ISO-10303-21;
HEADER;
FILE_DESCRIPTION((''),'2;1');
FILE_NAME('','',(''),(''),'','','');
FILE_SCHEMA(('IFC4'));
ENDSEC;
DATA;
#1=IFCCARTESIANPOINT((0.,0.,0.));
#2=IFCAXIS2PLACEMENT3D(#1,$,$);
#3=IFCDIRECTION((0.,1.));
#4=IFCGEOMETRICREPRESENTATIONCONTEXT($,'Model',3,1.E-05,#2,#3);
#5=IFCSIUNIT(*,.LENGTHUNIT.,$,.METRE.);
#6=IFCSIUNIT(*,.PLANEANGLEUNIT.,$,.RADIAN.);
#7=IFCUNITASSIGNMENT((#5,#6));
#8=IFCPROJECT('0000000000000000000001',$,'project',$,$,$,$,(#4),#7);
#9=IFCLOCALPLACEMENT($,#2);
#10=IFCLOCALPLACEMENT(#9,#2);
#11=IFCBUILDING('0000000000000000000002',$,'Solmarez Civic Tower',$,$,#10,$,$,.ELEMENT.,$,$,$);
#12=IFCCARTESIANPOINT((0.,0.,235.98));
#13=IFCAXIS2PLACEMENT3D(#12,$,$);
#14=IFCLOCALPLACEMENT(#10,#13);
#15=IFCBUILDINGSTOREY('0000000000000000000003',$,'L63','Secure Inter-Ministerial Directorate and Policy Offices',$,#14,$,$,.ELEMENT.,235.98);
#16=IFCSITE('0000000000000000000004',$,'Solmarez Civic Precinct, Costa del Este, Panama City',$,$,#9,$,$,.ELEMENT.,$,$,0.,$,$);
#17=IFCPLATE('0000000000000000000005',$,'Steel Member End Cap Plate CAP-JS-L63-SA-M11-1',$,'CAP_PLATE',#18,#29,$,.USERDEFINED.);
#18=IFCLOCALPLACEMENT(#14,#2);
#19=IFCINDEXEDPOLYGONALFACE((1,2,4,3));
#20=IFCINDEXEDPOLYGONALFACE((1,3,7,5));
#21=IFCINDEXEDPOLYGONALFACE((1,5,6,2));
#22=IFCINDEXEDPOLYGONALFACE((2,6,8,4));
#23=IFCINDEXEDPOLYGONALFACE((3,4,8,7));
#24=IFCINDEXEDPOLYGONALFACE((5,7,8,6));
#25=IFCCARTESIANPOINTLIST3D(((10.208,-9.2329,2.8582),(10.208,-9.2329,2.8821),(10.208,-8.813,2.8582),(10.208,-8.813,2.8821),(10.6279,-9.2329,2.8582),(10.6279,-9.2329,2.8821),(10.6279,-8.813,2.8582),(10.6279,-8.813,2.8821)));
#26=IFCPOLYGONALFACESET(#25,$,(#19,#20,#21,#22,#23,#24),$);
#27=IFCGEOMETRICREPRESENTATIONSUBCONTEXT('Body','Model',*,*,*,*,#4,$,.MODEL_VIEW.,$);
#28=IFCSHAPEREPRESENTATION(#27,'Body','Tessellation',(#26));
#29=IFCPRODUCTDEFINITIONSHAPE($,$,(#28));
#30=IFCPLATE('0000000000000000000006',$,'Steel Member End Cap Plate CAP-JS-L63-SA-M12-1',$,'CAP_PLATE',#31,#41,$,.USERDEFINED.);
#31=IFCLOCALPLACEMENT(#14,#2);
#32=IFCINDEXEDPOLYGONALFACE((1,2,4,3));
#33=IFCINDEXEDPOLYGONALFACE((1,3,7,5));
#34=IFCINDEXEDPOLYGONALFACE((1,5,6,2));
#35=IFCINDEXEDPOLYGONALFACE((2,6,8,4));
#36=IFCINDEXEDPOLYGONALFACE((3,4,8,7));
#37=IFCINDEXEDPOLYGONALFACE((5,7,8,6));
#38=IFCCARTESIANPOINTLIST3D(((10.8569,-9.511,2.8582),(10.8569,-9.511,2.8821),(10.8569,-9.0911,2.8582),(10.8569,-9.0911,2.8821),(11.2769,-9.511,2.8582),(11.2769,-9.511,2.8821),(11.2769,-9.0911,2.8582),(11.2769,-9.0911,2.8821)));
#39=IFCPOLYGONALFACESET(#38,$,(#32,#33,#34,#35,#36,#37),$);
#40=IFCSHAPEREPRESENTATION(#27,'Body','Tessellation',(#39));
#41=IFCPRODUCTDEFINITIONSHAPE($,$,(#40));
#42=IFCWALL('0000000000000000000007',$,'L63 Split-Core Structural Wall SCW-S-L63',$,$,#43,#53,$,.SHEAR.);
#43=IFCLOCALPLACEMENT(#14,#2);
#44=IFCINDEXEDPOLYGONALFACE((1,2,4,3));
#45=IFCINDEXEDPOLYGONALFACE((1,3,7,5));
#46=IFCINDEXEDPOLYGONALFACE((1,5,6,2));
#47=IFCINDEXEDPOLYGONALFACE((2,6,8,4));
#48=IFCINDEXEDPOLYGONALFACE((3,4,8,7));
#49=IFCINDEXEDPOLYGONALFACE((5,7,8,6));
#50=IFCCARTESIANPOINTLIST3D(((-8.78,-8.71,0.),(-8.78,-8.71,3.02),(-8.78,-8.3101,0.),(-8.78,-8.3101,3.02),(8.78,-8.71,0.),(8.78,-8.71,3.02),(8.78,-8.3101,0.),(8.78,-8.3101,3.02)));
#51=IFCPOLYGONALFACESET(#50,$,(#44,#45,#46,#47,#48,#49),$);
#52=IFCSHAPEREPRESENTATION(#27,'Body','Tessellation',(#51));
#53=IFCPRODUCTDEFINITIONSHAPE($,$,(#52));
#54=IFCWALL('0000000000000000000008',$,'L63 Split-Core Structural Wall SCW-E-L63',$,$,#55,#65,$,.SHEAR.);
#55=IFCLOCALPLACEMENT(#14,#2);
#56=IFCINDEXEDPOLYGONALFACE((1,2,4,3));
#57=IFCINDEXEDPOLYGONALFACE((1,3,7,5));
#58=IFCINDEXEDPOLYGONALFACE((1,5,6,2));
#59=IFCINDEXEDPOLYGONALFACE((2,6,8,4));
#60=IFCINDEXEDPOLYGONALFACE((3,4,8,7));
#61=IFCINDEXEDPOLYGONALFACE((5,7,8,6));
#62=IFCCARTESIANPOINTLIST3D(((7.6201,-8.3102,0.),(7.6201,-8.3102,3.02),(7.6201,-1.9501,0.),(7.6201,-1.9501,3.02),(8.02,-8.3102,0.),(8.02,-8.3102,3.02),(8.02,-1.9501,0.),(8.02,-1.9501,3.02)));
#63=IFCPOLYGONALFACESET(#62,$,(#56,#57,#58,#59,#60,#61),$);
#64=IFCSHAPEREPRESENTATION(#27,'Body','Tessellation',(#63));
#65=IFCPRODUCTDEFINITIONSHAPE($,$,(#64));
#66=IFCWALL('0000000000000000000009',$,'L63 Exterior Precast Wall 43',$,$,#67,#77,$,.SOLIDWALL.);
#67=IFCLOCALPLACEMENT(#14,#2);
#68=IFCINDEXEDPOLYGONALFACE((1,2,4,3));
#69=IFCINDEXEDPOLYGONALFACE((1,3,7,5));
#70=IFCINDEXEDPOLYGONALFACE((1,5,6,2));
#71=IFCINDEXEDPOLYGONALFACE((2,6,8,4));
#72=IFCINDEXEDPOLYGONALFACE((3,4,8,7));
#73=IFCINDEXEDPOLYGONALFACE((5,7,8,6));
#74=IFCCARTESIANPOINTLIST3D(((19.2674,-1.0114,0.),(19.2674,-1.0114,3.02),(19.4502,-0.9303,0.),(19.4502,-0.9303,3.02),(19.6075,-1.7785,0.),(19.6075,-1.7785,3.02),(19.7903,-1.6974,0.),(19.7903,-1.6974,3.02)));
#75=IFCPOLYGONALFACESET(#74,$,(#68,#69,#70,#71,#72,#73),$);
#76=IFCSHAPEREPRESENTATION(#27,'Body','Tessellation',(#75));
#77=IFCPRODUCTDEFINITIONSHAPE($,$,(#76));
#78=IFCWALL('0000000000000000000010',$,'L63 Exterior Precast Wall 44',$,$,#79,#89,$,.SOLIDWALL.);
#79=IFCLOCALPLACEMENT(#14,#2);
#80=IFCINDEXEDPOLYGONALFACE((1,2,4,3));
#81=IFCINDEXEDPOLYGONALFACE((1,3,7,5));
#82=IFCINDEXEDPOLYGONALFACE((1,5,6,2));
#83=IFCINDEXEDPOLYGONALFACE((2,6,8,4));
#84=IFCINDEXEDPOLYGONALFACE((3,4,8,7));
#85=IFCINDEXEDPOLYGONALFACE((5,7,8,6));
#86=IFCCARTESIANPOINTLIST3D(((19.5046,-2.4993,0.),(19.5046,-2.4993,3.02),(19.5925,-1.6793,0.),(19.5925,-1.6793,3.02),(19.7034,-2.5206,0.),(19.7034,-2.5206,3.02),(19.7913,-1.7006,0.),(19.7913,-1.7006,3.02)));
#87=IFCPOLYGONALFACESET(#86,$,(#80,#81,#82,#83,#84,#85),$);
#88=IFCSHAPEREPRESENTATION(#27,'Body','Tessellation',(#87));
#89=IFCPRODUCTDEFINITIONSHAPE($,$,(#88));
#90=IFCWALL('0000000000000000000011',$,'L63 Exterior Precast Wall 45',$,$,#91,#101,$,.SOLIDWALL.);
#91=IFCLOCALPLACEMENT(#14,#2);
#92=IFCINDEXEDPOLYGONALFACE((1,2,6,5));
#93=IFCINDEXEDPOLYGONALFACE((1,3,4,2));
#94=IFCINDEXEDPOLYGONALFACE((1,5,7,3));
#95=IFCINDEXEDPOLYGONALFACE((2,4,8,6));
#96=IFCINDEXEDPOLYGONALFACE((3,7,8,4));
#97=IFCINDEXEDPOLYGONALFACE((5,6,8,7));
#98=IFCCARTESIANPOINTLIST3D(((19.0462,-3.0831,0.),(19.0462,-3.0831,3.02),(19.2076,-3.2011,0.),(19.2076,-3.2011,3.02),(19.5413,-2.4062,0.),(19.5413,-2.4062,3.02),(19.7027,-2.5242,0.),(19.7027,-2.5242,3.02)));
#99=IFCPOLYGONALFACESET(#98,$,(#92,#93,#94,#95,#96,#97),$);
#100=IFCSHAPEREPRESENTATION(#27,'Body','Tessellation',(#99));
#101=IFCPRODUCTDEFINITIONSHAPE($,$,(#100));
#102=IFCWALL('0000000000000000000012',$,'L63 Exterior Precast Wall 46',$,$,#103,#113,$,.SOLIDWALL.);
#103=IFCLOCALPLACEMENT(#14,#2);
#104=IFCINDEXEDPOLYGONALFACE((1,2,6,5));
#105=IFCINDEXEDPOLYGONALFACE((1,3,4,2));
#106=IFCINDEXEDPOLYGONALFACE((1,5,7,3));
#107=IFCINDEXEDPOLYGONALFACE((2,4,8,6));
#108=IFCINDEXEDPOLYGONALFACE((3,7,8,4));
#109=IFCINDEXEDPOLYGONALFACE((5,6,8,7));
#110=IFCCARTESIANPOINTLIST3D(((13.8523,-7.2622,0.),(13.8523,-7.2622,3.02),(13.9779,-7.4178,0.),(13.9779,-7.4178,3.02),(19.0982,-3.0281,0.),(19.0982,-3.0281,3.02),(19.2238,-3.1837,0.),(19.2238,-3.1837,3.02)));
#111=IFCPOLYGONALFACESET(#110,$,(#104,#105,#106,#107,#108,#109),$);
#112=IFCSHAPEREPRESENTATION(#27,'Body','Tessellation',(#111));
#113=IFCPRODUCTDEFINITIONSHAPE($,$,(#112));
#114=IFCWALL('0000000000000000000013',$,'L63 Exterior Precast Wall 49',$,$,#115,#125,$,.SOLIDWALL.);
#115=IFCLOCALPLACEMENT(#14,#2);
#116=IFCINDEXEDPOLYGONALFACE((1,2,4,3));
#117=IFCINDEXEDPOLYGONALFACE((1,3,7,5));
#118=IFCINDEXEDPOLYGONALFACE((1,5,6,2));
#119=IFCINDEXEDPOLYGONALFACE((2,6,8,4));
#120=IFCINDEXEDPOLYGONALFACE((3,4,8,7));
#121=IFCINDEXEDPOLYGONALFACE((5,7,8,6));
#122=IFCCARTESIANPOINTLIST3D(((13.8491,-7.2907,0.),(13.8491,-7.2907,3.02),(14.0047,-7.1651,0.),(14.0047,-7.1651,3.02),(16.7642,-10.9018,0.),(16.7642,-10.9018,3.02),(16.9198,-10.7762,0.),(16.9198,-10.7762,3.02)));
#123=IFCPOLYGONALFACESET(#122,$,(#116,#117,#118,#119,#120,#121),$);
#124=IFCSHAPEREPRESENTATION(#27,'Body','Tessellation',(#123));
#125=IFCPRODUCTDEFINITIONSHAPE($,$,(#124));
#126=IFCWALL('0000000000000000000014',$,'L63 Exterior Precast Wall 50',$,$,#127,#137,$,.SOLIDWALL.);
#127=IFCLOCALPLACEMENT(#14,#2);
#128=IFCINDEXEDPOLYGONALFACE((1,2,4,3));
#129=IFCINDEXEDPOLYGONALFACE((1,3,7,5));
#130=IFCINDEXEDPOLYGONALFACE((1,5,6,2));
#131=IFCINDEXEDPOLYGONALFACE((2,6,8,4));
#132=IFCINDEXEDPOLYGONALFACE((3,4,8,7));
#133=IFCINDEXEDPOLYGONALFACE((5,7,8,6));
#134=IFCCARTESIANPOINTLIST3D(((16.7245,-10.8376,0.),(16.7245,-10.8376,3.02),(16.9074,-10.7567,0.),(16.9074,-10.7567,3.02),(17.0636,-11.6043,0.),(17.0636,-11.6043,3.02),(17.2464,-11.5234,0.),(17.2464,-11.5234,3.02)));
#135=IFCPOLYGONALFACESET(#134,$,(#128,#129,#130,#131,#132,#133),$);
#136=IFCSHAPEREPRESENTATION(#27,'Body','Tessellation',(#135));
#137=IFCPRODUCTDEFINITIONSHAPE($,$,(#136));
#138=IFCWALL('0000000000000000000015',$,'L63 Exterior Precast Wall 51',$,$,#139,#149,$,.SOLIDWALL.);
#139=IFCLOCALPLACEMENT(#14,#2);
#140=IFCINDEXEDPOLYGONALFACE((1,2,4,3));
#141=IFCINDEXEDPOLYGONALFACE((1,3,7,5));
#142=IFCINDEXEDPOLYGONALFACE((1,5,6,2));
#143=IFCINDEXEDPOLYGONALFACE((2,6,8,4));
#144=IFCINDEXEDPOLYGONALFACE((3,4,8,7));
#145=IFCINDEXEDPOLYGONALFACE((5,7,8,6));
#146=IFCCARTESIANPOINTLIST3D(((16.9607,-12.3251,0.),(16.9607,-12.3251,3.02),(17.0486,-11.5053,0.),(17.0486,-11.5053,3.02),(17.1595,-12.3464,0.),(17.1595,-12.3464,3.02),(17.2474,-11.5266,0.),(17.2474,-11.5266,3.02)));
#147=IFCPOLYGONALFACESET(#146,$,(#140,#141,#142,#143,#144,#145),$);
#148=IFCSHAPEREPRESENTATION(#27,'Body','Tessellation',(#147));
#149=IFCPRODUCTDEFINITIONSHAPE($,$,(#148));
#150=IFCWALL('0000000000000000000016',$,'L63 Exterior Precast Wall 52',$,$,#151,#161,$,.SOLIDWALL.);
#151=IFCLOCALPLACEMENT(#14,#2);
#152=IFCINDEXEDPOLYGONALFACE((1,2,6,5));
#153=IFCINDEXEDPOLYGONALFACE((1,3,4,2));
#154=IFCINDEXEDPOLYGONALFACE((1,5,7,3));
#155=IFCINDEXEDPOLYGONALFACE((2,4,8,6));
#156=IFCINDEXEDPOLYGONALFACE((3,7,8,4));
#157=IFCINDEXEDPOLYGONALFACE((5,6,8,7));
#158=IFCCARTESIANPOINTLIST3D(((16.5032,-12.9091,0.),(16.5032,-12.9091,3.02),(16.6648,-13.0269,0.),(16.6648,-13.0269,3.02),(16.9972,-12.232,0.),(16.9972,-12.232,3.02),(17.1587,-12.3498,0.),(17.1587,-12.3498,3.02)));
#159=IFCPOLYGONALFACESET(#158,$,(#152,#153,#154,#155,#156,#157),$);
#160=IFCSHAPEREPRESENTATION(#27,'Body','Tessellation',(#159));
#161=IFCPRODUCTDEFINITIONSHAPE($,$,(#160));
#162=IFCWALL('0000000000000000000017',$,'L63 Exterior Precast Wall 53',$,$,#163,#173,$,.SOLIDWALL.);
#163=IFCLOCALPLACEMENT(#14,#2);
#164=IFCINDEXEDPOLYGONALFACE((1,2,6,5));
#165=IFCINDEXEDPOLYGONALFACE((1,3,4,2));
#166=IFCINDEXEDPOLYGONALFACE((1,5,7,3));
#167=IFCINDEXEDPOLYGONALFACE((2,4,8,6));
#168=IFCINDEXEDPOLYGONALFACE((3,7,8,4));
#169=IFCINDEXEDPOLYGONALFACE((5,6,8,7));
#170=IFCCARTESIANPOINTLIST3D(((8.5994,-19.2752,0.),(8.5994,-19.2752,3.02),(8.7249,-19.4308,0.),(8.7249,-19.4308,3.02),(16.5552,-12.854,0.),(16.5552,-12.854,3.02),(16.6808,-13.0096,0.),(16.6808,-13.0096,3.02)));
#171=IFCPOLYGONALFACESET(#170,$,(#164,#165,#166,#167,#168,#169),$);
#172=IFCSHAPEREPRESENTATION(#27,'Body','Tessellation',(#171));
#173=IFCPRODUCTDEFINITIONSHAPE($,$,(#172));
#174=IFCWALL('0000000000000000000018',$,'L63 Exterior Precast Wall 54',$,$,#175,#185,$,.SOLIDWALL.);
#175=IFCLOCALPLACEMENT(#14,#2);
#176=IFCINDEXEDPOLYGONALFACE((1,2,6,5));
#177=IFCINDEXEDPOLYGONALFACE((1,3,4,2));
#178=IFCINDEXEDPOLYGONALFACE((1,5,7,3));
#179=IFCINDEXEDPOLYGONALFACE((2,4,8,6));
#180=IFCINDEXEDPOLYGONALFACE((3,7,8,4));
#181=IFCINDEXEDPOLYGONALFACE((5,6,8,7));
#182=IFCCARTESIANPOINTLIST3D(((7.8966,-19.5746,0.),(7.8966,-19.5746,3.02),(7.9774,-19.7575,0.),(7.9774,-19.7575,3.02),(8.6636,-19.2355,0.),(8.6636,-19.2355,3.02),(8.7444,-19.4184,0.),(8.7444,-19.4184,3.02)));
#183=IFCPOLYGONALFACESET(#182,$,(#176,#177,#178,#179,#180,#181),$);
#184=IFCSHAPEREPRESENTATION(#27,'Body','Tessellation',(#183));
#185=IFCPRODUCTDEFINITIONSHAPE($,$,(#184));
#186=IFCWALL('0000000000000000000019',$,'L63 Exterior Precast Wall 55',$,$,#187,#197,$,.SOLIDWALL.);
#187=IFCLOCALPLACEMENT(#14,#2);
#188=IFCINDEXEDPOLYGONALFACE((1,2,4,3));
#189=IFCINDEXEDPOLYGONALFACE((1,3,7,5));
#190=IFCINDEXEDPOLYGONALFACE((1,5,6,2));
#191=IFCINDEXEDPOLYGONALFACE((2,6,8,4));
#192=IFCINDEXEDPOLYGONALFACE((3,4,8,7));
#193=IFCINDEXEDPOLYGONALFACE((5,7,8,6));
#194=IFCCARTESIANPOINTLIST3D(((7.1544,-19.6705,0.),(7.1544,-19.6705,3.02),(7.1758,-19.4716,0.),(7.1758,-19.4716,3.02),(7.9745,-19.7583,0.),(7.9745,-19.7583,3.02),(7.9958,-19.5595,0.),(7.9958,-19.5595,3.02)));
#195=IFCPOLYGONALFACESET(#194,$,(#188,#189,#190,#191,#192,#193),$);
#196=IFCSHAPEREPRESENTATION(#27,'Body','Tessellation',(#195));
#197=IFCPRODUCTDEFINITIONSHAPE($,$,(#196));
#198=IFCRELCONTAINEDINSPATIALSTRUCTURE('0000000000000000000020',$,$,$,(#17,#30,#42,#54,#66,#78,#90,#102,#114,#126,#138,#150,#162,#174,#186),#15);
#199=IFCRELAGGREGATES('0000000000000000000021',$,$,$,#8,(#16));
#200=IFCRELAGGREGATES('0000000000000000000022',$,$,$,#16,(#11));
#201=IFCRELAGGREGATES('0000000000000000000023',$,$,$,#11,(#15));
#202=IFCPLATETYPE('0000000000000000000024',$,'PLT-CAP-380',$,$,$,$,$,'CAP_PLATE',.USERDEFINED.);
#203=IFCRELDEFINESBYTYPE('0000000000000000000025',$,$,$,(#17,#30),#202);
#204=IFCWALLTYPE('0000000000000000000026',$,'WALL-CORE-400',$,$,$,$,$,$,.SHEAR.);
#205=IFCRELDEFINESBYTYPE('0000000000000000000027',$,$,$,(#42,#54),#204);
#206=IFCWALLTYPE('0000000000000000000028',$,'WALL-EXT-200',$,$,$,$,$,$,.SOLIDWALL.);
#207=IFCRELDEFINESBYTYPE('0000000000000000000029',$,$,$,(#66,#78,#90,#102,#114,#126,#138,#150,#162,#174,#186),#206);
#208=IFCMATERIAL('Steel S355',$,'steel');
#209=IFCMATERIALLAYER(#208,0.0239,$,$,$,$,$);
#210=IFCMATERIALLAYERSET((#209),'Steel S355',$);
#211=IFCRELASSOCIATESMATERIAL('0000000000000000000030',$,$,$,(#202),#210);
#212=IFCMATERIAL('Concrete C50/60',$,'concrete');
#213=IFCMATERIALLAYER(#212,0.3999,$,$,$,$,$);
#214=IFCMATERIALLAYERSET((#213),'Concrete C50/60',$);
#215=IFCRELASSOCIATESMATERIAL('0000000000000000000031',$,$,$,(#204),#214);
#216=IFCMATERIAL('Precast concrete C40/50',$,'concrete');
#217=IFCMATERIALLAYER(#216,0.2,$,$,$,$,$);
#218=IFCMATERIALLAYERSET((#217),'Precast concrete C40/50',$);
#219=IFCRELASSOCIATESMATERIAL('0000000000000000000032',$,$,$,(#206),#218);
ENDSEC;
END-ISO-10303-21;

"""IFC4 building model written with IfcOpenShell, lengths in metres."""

from ifc_helpers import new_model, si_unit, direction, frame, frame_2d, origin, origin_2d, place, context, subcontext, project, spatial, rectangle, extrude, material, layer, layer_set, type_object, element, save


model = new_model("IFC4")

# Units and contexts
model_context = context("Model", 3, precision=1e-05, world=origin(), true_north=direction((0.0, 1.0)))
body_context = subcontext(model_context, "Body", "Model", "MODEL_VIEW")
ifc_project = project(units=[si_unit("LENGTHUNIT", "METRE"), si_unit("PLANEANGLEUNIT", "RADIAN")], contexts=[model_context])

# Site, building, storey
site_placement = place(None, origin())
site = spatial("IfcSite", under=ifc_project, at=site_placement, Name="Solmarez Civic Precinct, Costa del Este, Panama City", CompositionType="ELEMENT", RefElevation=0.0)
building_placement = place(site_placement, origin())
building = spatial("IfcBuilding", under=site, at=building_placement, Name="Solmarez Civic Tower", CompositionType="ELEMENT")
storey_placement = place(building_placement, frame((0.0, 0.0, 235.98)))
storey = spatial("IfcBuildingStorey", under=building, at=storey_placement, Name="L63", Description="Secure Inter-Ministerial Directorate and Policy Offices", CompositionType="ELEMENT", Elevation=235.98)

# Shared definitions
ifc_material_1 = material(Name="Concrete C50/60", Category="concrete")
ifc_material_2 = material(Name="Steel S355", Category="steel")

# Plates
ifc_layer_1 = layer(ifc_material_2, 0.0239)
ifc_layer_set_1 = layer_set([ifc_layer_1], Name="Steel S355")
plate_type = type_object("IfcPlateType", Name="PLT-CAP-380", ElementType="CAP_PLATE", PredefinedType="USERDEFINED", material=ifc_layer_set_1)
for number, where, z_axis, x_axis, name in (
    (1, (10.418, -9.0229, 2.8582), (0.0, 0.0, 1.0), (1.0, 0.0, 0.0), "Steel Member End Cap Plate CAP-JS-L63-SA-M11-1"),
    (2, (11.0669, -9.301, 2.8582), (0.0, 0.0, 1.0), (1.0, 0.0, 0.0), "Steel Member End Cap Plate CAP-JS-L63-SA-M12-1"),
):
    element("IfcPlate", number, at=place(storey_placement, frame(where, z_axis=z_axis, x_axis=x_axis)), inside=storey, type_object=plate_type, Name=name, ObjectType="CAP_PLATE", PredefinedType="USERDEFINED", context=body_context, shape_type="SweptSolid", body=[
        extrude(rectangle(XDim=0.4199, YDim=0.4199, at=origin_2d()), origin(), (0.0, 0.0, 1.0), 0.0239),
    ])

# Walls
ifc_layer_2 = layer(ifc_material_1, 0.3999)
ifc_layer_set_2 = layer_set([ifc_layer_2], Name="Concrete C50/60")
wall_type_1 = type_object("IfcWallType", Name="WALL-CORE-400", PredefinedType="SHEAR", material=ifc_layer_set_2)
wall_1_placement = place(storey_placement, frame((8.78, -8.51, 0.0), z_axis=(0.0, 0.0, 1.0), x_axis=(-1.0, 0.0, 0.0)))
element("IfcWall", 3, at=wall_1_placement, inside=storey, type_object=wall_type_1, Name="L63 Split-Core Structural Wall SCW-S-L63", PredefinedType="SHEAR", context=body_context, shape_type="SweptSolid", body=[
    extrude(rectangle(XDim=17.5601, YDim=0.3999, at=frame_2d((8.78, 0.0))), origin(), (0.0, 0.0, 1.0), 3.02),
])
wall_2_placement = place(storey_placement, frame((7.8201, -1.95, 0.0), z_axis=(0.0, 0.0, 1.0), x_axis=(0.0, -1.0, 0.0)))
element("IfcWall", 4, at=wall_2_placement, inside=storey, type_object=wall_type_1, Name="L63 Split-Core Structural Wall SCW-E-L63", PredefinedType="SHEAR", context=body_context, shape_type="SweptSolid", body=[
    extrude(rectangle(XDim=6.3601, YDim=0.3999, at=frame_2d((3.1802, 0.0))), origin(), (0.0, 0.0, 1.0), 3.02),
])
ifc_material_3 = material(Name="Precast concrete C40/50", Category="concrete")
ifc_layer_3 = layer(ifc_material_3, 0.2)
ifc_layer_set_3 = layer_set([ifc_layer_3], Name="Precast concrete C40/50")
wall_type_2 = type_object("IfcWallType", Name="WALL-EXT-200", PredefinedType="SOLIDWALL", material=ifc_layer_set_3)
wall_3_placement = place(storey_placement, frame((19.3589, -0.9709, 0.0), z_axis=(0.0, 0.0, 1.0), x_axis=(0.405301, -0.914183, 0.0)))
element("IfcWall", 5, at=wall_3_placement, inside=storey, type_object=wall_type_2, Name="L63 Exterior Precast Wall 43", PredefinedType="SOLIDWALL", context=body_context, shape_type="SweptSolid", body=[
    extrude(rectangle(XDim=0.8391, YDim=0.2, at=frame_2d((0.4194, 0.0))), origin(), (0.0, 0.0, 1.0), 3.02),
])
wall_4_placement = place(storey_placement, frame((19.6919, -1.6899, 0.0), z_axis=(0.0, 0.0, 1.0), x_axis=(-0.106564, -0.994306, 0.0)))
element("IfcWall", 6, at=wall_4_placement, inside=storey, type_object=wall_type_2, Name="L63 Exterior Precast Wall 44", PredefinedType="SOLIDWALL", context=body_context, shape_type="SweptSolid", body=[
    extrude(rectangle(XDim=0.8247, YDim=0.2, at=frame_2d((0.4124, 0.0))), origin(), (0.0, 0.0, 1.0), 3.02),
])
wall_5_placement = place(storey_placement, frame((19.6221, -2.4651, 0.0), z_axis=(0.0, 0.0, 1.0), x_axis=(-0.590316, -0.807172, 0.0)))
element("IfcWall", 7, at=wall_5_placement, inside=storey, type_object=wall_type_2, Name="L63 Exterior Precast Wall 45", PredefinedType="SOLIDWALL", context=body_context, shape_type="SweptSolid", body=[
    extrude(rectangle(XDim=0.8386, YDim=0.2, at=frame_2d((0.4194, 0.0))), origin(), (0.0, 0.0, 1.0), 3.02),
])
wall_6_placement = place(storey_placement, frame((19.1609, -3.106, 0.0), z_axis=(0.0, 0.0, 1.0), x_axis=(-0.778152, -0.628077, 0.0)))
element("IfcWall", 8, at=wall_6_placement, inside=storey, type_object=wall_type_2, Name="L63 Exterior Precast Wall 46", PredefinedType="SOLIDWALL", context=body_context, shape_type="SweptSolid", body=[
    extrude(rectangle(XDim=6.7415, YDim=0.2, at=frame_2d((3.3706, 0.0))), origin(), (0.0, 0.0, 1.0), 3.02),
])
wall_7_placement = place(storey_placement, frame((13.927, -7.228, 0.0), z_axis=(0.0, 0.0, 1.0), x_axis=(0.628128, -0.77811, 0.0)))
element("IfcWall", 9, at=wall_7_placement, inside=storey, type_object=wall_type_2, Name="L63 Exterior Precast Wall 49", PredefinedType="SOLIDWALL", context=body_context, shape_type="SweptSolid", body=[
    extrude(rectangle(XDim=4.6409, YDim=0.2, at=frame_2d((2.3203, 0.0))), origin(), (0.0, 0.0, 1.0), 3.02),
])
wall_8_placement = place(storey_placement, frame((16.8159, -10.7971, 0.0), z_axis=(0.0, 0.0, 1.0), x_axis=(0.404436, -0.914566, 0.0)))
element("IfcWall", 10, at=wall_8_placement, inside=storey, type_object=wall_type_2, Name="L63 Exterior Precast Wall 50", PredefinedType="SOLIDWALL", context=body_context, shape_type="SweptSolid", body=[
    extrude(rectangle(XDim=0.8384, YDim=0.2, at=frame_2d((0.4192, 0.0))), origin(), (0.0, 0.0, 1.0), 3.02),
])
wall_9_placement = place(storey_placement, frame((17.1479, -11.5161, 0.0), z_axis=(0.0, 0.0, 1.0), x_axis=(-0.106596, -0.994302, 0.0)))
element("IfcWall", 11, at=wall_9_placement, inside=storey, type_object=wall_type_2, Name="L63 Exterior Precast Wall 51", PredefinedType="SOLIDWALL", context=body_context, shape_type="SweptSolid", body=[
    extrude(rectangle(XDim=0.8245, YDim=0.2, at=frame_2d((0.4121, 0.0))), origin(), (0.0, 0.0, 1.0), 3.02),
])
wall_10_placement = place(storey_placement, frame((17.0779, -12.291, 0.0), z_axis=(0.0, 0.0, 1.0), x_axis=(-0.589366, -0.807866, 0.0)))
element("IfcWall", 12, at=wall_10_placement, inside=storey, type_object=wall_type_2, Name="L63 Exterior Precast Wall 52", PredefinedType="SOLIDWALL", context=body_context, shape_type="SweptSolid", body=[
    extrude(rectangle(XDim=0.8381, YDim=0.2, at=frame_2d((0.4189, 0.0))), origin(), (0.0, 0.0, 1.0), 3.02),
])
wall_11_placement = place(storey_placement, frame((16.6179, -12.9319, 0.0), z_axis=(0.0, 0.0, 1.0), x_axis=(-0.778166, -0.628059, 0.0)))
element("IfcWall", 13, at=wall_11_placement, inside=storey, type_object=wall_type_2, Name="L63 Exterior Precast Wall 53", PredefinedType="SOLIDWALL", context=body_context, shape_type="SweptSolid", body=[
    extrude(rectangle(XDim=10.2239, YDim=0.2, at=frame_2d((5.1118, 0.0))), origin(), (0.0, 0.0, 1.0), 3.02),
])
wall_12_placement = place(storey_placement, frame((8.7041, -19.3269, 0.0), z_axis=(0.0, 0.0, 1.0), x_axis=(-0.914614, -0.404328, 0.0)))
element("IfcWall", 14, at=wall_12_placement, inside=storey, type_object=wall_type_2, Name="L63 Exterior Precast Wall 54", PredefinedType="SOLIDWALL", context=body_context, shape_type="SweptSolid", body=[
    extrude(rectangle(XDim=0.8386, YDim=0.2, at=frame_2d((0.4194, 0.0))), origin(), (0.0, 0.0, 1.0), 3.02),
])
wall_13_placement = place(storey_placement, frame((7.9851, -19.6589, 0.0), z_axis=(0.0, 0.0, 1.0), x_axis=(-0.994306, 0.106564, 0.0)))
element("IfcWall", 15, at=wall_13_placement, inside=storey, type_object=wall_type_2, Name="L63 Exterior Precast Wall 55", PredefinedType="SOLIDWALL", context=body_context, shape_type="SweptSolid", body=[
    extrude(rectangle(XDim=0.8247, YDim=0.2, at=frame_2d((0.4124, 0.0))), origin(), (0.0, 0.0, 1.0), 3.02),
])

save(model, "model.ifc")
